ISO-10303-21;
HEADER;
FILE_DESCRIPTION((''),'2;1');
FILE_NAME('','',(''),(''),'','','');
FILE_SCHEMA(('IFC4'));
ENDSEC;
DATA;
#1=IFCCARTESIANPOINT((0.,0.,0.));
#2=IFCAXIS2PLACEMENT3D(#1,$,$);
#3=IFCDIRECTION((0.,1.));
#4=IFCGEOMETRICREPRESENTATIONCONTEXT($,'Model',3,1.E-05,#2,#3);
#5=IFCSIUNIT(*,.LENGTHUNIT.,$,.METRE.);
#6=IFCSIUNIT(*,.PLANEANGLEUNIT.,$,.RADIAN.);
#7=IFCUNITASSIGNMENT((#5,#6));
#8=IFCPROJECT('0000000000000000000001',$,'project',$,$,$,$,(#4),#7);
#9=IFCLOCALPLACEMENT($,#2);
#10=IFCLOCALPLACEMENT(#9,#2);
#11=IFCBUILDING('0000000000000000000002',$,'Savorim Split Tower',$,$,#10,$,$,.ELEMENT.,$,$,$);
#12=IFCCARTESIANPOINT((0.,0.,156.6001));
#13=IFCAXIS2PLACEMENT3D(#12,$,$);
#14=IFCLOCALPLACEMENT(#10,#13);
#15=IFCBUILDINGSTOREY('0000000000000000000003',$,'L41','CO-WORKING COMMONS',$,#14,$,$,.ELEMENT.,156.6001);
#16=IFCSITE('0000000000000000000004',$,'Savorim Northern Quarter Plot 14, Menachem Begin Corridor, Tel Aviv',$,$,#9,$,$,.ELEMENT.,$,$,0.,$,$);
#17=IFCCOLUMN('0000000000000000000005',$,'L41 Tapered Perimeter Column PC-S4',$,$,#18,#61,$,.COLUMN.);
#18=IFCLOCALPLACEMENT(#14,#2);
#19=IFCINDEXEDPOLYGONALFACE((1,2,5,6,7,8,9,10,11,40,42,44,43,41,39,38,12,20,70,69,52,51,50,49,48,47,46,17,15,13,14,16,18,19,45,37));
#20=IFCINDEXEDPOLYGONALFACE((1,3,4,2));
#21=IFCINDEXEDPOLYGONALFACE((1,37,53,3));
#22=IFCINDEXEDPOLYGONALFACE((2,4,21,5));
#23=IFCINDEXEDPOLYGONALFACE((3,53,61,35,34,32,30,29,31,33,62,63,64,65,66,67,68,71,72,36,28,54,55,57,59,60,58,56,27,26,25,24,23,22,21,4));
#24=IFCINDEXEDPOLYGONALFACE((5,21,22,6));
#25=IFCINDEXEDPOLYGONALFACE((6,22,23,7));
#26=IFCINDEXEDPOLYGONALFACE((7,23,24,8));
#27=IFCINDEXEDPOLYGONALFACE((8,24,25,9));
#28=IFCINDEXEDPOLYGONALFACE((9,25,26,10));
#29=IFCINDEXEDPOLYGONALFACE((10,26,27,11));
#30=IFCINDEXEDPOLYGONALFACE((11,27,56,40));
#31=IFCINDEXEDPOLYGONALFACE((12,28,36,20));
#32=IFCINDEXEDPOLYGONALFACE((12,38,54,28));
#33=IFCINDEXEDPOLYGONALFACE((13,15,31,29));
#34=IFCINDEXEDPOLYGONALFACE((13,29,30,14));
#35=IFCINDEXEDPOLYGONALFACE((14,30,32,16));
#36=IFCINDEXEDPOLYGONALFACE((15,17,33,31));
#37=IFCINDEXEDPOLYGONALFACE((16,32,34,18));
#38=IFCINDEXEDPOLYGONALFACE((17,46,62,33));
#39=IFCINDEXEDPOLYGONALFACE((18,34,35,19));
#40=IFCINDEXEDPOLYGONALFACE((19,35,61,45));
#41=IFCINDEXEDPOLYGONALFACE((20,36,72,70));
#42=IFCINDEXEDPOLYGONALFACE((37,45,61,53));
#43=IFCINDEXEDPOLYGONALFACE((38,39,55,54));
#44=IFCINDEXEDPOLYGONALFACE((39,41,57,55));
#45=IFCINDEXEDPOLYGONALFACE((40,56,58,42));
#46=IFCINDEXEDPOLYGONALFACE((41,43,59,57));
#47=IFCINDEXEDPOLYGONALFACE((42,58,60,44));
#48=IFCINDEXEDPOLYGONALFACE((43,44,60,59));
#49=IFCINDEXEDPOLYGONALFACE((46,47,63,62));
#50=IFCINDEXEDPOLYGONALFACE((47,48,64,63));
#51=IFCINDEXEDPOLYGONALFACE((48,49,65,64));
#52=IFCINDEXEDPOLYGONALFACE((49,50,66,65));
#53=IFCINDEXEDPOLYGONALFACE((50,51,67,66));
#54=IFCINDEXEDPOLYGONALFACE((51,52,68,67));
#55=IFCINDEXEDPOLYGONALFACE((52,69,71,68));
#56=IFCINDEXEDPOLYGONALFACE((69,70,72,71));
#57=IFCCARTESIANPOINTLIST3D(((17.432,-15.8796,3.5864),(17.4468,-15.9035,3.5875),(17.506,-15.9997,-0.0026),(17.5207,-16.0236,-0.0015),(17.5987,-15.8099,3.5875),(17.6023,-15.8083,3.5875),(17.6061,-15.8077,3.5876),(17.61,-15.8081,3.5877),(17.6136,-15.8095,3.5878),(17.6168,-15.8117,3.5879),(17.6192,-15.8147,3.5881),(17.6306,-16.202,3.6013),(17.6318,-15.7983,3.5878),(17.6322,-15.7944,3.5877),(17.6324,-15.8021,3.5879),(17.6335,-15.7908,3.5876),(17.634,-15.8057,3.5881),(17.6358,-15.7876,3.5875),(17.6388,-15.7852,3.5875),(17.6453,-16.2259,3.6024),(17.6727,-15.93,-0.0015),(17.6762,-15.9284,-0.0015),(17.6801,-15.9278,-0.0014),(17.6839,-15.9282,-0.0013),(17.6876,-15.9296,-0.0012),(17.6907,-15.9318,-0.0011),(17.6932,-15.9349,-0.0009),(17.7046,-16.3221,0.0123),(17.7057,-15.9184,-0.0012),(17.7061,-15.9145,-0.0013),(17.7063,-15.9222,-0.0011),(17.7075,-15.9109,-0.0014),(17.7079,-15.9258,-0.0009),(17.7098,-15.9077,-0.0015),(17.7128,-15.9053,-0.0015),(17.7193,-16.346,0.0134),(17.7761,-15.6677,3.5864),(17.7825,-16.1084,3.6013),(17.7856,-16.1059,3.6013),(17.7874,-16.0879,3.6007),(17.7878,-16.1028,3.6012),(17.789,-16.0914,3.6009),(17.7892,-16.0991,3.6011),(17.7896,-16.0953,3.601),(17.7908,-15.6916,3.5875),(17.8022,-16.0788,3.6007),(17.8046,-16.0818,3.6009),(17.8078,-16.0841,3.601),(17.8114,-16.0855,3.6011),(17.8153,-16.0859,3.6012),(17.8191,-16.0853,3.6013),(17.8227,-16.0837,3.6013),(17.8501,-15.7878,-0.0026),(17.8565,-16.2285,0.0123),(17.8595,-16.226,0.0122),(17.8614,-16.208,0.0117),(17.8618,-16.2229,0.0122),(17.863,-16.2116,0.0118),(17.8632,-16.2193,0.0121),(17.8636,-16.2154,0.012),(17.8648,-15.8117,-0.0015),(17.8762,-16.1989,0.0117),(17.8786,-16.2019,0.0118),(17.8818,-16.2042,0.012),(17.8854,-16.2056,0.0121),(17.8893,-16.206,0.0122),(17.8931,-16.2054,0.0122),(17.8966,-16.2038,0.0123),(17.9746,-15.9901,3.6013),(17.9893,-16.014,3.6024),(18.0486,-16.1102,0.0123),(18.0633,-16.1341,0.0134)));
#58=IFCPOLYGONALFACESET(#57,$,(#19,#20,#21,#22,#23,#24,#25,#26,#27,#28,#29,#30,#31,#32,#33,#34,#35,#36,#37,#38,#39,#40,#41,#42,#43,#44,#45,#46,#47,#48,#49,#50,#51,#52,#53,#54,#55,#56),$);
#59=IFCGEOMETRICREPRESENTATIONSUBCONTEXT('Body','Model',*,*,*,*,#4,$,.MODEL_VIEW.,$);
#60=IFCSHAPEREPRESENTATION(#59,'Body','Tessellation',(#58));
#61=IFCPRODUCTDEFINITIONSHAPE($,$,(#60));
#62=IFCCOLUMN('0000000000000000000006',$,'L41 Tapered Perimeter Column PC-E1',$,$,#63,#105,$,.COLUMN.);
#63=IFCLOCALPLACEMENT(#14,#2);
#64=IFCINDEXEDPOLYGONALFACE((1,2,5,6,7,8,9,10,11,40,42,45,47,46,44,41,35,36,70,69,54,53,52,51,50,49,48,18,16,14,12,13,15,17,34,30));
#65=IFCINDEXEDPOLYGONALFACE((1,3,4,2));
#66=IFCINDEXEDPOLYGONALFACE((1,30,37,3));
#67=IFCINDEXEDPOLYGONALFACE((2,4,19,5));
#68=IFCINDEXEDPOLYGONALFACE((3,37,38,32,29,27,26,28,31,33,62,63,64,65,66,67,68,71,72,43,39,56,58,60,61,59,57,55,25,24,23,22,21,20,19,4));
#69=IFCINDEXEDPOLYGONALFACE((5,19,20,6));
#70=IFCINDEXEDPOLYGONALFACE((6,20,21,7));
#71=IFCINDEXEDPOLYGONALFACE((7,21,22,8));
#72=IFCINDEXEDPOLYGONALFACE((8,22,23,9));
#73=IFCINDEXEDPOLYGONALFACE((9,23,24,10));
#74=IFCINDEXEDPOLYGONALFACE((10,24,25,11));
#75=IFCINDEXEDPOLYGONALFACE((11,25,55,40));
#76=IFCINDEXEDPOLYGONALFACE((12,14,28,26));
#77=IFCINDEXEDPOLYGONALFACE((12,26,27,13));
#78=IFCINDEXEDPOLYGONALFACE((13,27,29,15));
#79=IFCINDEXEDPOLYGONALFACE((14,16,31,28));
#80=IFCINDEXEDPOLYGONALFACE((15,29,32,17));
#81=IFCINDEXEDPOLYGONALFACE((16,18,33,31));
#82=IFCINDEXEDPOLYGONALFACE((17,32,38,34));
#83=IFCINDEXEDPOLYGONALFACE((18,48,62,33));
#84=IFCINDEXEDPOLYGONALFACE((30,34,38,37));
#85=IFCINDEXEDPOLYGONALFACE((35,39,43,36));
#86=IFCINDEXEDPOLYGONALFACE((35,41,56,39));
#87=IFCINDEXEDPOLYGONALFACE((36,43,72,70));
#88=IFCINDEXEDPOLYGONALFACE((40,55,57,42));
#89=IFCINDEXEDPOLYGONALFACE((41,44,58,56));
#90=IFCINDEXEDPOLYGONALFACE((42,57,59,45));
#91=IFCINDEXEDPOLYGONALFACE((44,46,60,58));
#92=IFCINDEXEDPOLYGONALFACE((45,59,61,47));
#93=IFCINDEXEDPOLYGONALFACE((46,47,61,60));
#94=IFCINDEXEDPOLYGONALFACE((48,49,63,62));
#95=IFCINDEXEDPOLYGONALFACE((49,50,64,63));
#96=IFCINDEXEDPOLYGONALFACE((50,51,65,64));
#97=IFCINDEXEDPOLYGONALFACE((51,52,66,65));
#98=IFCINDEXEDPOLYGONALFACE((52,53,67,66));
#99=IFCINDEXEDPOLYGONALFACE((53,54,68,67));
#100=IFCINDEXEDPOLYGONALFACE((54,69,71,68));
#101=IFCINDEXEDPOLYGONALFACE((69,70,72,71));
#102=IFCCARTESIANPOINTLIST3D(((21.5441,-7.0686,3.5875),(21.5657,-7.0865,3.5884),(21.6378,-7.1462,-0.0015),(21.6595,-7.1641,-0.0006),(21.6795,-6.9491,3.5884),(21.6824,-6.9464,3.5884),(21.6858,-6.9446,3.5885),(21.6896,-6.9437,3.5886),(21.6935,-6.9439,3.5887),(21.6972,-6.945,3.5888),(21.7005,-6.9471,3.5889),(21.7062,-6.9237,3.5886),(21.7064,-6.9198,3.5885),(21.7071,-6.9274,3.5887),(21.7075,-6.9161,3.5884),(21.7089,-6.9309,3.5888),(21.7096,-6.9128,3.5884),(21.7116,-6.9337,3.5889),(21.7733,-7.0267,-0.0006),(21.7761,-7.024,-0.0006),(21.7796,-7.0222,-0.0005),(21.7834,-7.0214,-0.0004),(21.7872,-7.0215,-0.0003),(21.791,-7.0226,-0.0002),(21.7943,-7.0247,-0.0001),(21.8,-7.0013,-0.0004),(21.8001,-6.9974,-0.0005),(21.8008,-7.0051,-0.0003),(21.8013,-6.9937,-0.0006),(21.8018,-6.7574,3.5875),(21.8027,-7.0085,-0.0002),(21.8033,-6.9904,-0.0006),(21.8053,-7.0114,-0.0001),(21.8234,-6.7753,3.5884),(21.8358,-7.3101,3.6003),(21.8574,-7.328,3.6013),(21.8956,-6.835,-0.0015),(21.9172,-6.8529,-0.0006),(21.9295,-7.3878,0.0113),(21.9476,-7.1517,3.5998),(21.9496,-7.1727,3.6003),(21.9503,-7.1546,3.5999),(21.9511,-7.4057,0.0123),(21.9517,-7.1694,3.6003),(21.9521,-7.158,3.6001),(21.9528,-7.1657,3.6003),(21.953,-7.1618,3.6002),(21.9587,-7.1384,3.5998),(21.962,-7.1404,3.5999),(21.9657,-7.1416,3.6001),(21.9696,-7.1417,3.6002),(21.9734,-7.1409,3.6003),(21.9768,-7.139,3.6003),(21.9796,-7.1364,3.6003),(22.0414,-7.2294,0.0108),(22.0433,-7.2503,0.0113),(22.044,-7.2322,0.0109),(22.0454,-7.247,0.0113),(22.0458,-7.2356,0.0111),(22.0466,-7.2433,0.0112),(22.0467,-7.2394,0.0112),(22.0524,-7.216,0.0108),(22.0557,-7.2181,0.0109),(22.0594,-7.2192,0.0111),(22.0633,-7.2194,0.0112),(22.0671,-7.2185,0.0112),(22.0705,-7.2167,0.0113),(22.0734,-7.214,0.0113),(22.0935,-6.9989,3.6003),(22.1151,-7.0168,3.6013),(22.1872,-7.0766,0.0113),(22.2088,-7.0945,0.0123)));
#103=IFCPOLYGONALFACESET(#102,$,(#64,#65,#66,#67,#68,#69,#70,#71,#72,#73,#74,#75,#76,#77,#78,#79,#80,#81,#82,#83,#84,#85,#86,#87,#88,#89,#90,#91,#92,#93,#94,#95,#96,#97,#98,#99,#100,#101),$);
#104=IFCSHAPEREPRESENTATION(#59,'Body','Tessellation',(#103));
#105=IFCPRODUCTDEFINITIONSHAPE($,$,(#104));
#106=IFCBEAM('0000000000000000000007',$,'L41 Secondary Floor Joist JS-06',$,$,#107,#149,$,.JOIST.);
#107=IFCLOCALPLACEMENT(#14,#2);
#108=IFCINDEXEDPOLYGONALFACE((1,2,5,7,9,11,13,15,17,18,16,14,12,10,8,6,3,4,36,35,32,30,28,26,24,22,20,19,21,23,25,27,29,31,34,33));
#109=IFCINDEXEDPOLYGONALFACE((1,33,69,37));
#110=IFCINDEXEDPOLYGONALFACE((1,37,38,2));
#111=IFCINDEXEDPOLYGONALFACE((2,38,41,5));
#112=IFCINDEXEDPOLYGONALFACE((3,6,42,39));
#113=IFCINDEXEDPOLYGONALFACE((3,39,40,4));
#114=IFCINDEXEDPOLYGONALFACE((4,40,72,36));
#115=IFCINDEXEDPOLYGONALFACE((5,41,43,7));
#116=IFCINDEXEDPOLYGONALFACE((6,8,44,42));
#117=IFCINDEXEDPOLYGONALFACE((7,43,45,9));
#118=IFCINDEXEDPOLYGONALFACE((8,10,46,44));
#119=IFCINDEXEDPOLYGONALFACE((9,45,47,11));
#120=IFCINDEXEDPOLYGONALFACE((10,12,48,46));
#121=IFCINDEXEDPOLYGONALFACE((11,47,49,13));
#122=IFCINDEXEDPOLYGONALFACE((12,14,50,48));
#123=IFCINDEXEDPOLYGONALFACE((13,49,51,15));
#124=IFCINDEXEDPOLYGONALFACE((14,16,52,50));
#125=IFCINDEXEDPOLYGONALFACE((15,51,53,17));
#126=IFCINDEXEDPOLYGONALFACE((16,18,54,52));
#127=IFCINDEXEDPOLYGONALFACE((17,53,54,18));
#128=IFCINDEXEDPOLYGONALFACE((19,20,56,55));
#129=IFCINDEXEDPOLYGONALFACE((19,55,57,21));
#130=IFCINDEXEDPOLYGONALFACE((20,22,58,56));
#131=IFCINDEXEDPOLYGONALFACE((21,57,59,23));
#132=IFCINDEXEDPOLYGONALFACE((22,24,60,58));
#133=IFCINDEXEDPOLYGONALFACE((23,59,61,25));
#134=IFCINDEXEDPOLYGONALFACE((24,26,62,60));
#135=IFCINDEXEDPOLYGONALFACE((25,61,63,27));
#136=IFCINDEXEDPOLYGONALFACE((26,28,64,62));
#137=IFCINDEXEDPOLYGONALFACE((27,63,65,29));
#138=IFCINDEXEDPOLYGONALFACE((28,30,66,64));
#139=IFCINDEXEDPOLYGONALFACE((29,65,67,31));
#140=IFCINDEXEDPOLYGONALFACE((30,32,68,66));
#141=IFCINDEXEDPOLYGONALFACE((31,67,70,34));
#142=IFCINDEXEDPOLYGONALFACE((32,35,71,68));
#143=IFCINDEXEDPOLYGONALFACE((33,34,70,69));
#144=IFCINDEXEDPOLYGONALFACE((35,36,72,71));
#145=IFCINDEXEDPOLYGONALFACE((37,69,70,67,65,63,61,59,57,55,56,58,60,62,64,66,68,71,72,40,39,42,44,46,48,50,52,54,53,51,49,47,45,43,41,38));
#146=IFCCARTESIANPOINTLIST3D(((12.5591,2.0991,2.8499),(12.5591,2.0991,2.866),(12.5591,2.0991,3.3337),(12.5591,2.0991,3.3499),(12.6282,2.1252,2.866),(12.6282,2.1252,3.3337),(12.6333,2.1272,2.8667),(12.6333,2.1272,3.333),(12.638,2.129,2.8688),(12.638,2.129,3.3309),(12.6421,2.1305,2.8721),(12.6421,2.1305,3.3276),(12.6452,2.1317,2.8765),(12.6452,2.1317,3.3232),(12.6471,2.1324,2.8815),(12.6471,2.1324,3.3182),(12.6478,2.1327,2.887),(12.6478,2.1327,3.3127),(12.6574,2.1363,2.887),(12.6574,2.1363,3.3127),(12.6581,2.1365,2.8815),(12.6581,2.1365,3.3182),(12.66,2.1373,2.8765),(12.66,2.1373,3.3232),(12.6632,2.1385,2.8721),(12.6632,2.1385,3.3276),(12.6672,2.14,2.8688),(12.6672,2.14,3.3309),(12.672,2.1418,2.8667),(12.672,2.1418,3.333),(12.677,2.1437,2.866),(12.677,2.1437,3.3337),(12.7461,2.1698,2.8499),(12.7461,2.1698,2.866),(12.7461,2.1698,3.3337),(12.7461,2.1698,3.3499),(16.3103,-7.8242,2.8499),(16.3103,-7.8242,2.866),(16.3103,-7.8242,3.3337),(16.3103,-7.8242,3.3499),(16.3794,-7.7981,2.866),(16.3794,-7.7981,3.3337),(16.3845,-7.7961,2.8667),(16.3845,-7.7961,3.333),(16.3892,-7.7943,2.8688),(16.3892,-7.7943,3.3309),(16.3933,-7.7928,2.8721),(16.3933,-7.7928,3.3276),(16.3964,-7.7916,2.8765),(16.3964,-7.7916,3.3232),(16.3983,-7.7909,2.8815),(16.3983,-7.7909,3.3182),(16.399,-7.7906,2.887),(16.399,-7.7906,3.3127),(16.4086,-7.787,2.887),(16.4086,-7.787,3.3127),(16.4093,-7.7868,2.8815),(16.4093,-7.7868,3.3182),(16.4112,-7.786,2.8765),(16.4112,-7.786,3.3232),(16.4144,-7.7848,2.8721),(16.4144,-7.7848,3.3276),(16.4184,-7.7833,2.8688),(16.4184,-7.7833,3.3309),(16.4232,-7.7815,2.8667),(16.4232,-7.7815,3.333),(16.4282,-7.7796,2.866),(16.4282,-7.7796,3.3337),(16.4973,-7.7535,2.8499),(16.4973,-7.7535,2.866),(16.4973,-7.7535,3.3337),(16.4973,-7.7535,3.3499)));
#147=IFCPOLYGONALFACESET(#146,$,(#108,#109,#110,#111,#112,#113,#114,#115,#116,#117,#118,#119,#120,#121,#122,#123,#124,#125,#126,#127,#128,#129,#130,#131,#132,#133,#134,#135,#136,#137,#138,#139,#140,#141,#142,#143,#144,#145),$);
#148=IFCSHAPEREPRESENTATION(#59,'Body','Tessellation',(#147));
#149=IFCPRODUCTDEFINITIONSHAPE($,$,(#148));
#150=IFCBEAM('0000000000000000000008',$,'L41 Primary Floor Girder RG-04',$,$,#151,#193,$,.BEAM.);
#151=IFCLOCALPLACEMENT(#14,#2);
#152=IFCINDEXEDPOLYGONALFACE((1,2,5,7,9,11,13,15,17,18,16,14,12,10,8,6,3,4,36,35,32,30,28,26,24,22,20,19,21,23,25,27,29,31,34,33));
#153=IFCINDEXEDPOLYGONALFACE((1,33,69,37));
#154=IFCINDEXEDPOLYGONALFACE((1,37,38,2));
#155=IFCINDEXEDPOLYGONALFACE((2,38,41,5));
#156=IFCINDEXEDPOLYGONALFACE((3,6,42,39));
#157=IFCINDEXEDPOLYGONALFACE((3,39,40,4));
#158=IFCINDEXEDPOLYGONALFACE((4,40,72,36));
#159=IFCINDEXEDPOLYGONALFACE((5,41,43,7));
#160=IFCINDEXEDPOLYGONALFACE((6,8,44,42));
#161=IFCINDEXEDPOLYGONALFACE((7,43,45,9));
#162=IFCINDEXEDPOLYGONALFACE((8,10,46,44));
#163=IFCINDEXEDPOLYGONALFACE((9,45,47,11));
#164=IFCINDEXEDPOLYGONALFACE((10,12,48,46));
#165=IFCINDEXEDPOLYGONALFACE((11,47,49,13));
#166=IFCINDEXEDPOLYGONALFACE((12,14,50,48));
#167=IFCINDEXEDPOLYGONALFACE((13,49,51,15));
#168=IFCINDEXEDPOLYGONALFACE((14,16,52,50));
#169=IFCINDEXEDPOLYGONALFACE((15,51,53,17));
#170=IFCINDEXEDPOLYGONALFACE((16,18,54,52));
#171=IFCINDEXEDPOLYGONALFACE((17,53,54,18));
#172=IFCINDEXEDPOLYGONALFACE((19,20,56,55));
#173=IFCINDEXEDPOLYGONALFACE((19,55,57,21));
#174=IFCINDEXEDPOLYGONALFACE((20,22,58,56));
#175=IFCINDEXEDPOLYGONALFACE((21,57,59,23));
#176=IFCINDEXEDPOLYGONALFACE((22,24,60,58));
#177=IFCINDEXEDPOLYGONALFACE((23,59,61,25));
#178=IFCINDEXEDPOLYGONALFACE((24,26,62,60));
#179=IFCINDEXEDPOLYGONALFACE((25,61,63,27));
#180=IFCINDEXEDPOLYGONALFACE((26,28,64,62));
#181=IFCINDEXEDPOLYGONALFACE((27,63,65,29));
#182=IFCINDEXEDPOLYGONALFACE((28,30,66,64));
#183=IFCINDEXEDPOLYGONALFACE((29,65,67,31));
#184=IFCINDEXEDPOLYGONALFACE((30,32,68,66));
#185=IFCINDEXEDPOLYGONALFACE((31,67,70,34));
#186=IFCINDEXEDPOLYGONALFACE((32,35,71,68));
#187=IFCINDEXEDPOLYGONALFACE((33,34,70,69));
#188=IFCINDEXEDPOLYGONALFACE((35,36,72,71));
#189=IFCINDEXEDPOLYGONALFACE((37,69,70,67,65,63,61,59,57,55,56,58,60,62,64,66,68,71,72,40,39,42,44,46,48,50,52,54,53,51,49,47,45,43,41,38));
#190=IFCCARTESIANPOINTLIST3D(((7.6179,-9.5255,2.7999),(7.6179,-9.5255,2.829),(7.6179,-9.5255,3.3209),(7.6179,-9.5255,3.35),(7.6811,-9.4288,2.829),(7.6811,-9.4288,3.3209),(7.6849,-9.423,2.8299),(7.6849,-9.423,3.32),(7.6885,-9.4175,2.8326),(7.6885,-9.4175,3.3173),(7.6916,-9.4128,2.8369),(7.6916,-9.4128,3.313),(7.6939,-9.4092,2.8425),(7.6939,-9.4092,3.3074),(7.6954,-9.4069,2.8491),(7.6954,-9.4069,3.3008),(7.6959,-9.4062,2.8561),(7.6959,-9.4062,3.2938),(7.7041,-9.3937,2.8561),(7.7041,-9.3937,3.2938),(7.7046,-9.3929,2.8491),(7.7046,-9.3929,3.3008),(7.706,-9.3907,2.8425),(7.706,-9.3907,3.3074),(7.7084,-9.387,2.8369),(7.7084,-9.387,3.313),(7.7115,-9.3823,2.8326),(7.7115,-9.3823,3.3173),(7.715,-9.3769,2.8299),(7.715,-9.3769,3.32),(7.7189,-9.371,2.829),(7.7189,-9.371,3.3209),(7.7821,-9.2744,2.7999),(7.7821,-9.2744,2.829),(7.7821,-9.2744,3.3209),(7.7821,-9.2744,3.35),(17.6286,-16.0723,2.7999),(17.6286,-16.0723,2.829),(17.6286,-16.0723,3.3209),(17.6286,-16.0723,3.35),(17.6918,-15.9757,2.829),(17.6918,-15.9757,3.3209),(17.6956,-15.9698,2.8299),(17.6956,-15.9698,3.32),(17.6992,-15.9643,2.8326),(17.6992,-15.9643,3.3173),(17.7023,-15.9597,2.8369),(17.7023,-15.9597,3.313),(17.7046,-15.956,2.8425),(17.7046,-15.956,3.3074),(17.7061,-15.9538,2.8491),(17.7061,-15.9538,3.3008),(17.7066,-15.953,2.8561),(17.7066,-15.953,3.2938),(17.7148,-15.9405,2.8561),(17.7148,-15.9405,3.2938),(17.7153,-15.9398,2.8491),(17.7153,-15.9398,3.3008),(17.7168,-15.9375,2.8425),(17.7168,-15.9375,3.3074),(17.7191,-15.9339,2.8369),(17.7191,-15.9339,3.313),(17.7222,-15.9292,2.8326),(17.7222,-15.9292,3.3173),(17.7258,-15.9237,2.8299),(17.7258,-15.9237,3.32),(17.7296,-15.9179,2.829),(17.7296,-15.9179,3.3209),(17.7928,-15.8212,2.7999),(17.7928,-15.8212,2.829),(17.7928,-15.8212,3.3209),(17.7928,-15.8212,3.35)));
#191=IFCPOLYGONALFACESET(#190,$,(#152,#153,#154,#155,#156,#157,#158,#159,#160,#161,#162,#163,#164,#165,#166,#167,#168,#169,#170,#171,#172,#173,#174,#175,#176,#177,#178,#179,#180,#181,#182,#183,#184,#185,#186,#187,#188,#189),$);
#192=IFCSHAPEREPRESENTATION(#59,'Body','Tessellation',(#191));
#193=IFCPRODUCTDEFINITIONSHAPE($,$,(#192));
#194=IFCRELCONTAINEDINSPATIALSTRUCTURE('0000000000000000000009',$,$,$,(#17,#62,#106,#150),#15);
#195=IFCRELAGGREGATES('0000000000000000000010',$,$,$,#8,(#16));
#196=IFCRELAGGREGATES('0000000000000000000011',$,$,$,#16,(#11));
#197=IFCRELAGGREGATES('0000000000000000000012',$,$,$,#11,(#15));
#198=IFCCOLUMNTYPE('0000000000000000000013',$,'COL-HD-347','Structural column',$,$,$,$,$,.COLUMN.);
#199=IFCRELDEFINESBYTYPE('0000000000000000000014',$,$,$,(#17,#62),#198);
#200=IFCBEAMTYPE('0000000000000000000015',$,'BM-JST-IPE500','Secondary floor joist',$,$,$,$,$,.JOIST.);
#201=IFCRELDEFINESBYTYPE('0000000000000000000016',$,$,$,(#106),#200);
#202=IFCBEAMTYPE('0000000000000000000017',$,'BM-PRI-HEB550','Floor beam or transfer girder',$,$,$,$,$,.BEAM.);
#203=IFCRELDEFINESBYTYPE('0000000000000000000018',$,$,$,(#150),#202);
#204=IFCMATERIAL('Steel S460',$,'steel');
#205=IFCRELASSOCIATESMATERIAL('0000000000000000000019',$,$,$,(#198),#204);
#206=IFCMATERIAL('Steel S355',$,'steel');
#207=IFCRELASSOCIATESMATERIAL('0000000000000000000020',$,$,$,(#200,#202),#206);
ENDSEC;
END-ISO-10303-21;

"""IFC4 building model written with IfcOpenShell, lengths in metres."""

from ifc_helpers import new_model, si_unit, direction, frame, origin, origin_2d, place, context, subcontext, project, spatial, i_section, extrude, material, material_profile, profile_set, type_object, element, save


model = new_model("IFC4")

# Units and contexts
model_context = context("Model", 3, precision=1e-05, world=origin(), true_north=direction((0.0, 1.0)))
body_context = subcontext(model_context, "Body", "Model", "MODEL_VIEW")
ifc_project = project(units=[si_unit("LENGTHUNIT", "METRE"), si_unit("PLANEANGLEUNIT", "RADIAN")], contexts=[model_context])

# Site, building, storey
site_placement = place(None, origin())
site = spatial("IfcSite", under=ifc_project, at=site_placement, Name="Savorim Northern Quarter Plot 14, Menachem Begin Corridor, Tel Aviv", CompositionType="ELEMENT", RefElevation=0.0)
building_placement = place(site_placement, origin())
building = spatial("IfcBuilding", under=site, at=building_placement, Name="Savorim Split Tower", CompositionType="ELEMENT")
storey_placement = place(building_placement, frame((0.0, 0.0, 156.6001)))
storey = spatial("IfcBuildingStorey", under=building, at=storey_placement, Name="L41", Description="CO-WORKING COMMONS", CompositionType="ELEMENT", Elevation=156.6001)

# Columns
ifc_material_1 = material(Name="Steel S460", Category="steel")
ifc_material_profile_1 = material_profile(ifc_material_1, i_section(OverallWidth=0.4041, OverallDepth=0.407, WebThickness=0.0173, FlangeThickness=0.0281, FilletRadius=0.0149, at=origin_2d()), Name="HD 400x347")
ifc_profile_set_1 = profile_set([ifc_material_profile_1], Name="Steel S460")
column_type = type_object("IfcColumnType", Name="COL-HD-347", Description="Structural column", PredefinedType="COLUMN", material=ifc_profile_set_1)
column_1_placement = place(storey_placement, frame((17.7847, -16.0669, 0.0054), z_axis=(-0.020595, 0.033441, 0.999228), x_axis=(-0.85148, -0.524387, 0.0)))
element("IfcColumn", 1, at=column_1_placement, inside=storey, type_object=column_type, Name="L41 Tapered Perimeter Column PC-S4", PredefinedType="COLUMN", context=body_context, shape_type="SweptSolid", body=[
    extrude(i_section(OverallWidth=0.4041, OverallDepth=0.407, WebThickness=0.0173, FlangeThickness=0.0281, FilletRadius=0.0149, at=origin_2d()), origin(), (0.0, 0.0, 1.0), 3.5918),
])
column_2_placement = place(storey_placement, frame((21.9233, -7.1204, 0.0054), z_axis=(-0.026106, 0.021619, 0.999425), x_axis=(-0.637814, -0.77019, 0.0)))
element("IfcColumn", 2, at=column_2_placement, inside=storey, type_object=column_type, Name="L41 Tapered Perimeter Column PC-E1", PredefinedType="COLUMN", context=body_context, shape_type="SweptSolid", body=[
    extrude(i_section(OverallWidth=0.4041, OverallDepth=0.407, WebThickness=0.0173, FlangeThickness=0.0281, FilletRadius=0.0149, at=origin_2d()), origin(), (0.0, 0.0, 1.0), 3.5911),
])

# Beams
ifc_material_2 = material(Name="Steel S355", Category="steel")
ifc_material_profile_2 = material_profile(ifc_material_2, i_section(OverallWidth=0.2, OverallDepth=0.5, WebThickness=0.0103, FlangeThickness=0.0161, FilletRadius=0.021, at=origin_2d()), Name="IPE 500")
ifc_profile_set_2 = profile_set([ifc_material_profile_2], Name="Steel S355")
beam_type_1 = type_object("IfcBeamType", Name="BM-JST-IPE500", Description="Secondary floor joist", PredefinedType="JOIST", material=ifc_profile_set_2)
beam_1_placement = place(storey_placement, frame((16.4038, -7.7888, 3.0999), z_axis=(-0.353599, 0.935397, 0.0), x_axis=(-0.935397, -0.353599, 0.0)))
element("IfcBeam", 3, at=beam_1_placement, inside=storey, type_object=beam_type_1, Name="L41 Secondary Floor Joist JS-06", PredefinedType="JOIST", context=body_context, shape_type="SweptSolid", body=[
    extrude(i_section(OverallWidth=0.2, OverallDepth=0.5, WebThickness=0.0103, FlangeThickness=0.0161, FilletRadius=0.021, at=origin_2d()), origin(), (0.0, 0.0, 1.0), 10.6086),
])
ifc_material_profile_3 = material_profile(ifc_material_2, i_section(OverallWidth=0.3, OverallDepth=0.55, WebThickness=0.0149, FlangeThickness=0.0291, FilletRadius=0.0271, at=origin_2d()), Name="HEB 550")
ifc_profile_set_3 = profile_set([ifc_material_profile_3], Name="Steel S355")
beam_type_2 = type_object("IfcBeamType", Name="BM-PRI-HEB550", Description="Floor beam or transfer girder", PredefinedType="BEAM", material=ifc_profile_set_3)
beam_2_placement = place(storey_placement, frame((17.7107, -15.9468, 3.075), z_axis=(-0.836916, 0.547331, 0.0), x_axis=(-0.547331, -0.836916, 0.0)))
element("IfcBeam", 4, at=beam_2_placement, inside=storey, type_object=beam_type_2, Name="L41 Primary Floor Girder RG-04", PredefinedType="BEAM", context=body_context, shape_type="SweptSolid", body=[
    extrude(i_section(OverallWidth=0.3, OverallDepth=0.55, WebThickness=0.0149, FlangeThickness=0.0291, FilletRadius=0.0271, at=origin_2d()), origin(), (0.0, 0.0, 1.0), 11.9614),
])

save(model, "model.ifc")
